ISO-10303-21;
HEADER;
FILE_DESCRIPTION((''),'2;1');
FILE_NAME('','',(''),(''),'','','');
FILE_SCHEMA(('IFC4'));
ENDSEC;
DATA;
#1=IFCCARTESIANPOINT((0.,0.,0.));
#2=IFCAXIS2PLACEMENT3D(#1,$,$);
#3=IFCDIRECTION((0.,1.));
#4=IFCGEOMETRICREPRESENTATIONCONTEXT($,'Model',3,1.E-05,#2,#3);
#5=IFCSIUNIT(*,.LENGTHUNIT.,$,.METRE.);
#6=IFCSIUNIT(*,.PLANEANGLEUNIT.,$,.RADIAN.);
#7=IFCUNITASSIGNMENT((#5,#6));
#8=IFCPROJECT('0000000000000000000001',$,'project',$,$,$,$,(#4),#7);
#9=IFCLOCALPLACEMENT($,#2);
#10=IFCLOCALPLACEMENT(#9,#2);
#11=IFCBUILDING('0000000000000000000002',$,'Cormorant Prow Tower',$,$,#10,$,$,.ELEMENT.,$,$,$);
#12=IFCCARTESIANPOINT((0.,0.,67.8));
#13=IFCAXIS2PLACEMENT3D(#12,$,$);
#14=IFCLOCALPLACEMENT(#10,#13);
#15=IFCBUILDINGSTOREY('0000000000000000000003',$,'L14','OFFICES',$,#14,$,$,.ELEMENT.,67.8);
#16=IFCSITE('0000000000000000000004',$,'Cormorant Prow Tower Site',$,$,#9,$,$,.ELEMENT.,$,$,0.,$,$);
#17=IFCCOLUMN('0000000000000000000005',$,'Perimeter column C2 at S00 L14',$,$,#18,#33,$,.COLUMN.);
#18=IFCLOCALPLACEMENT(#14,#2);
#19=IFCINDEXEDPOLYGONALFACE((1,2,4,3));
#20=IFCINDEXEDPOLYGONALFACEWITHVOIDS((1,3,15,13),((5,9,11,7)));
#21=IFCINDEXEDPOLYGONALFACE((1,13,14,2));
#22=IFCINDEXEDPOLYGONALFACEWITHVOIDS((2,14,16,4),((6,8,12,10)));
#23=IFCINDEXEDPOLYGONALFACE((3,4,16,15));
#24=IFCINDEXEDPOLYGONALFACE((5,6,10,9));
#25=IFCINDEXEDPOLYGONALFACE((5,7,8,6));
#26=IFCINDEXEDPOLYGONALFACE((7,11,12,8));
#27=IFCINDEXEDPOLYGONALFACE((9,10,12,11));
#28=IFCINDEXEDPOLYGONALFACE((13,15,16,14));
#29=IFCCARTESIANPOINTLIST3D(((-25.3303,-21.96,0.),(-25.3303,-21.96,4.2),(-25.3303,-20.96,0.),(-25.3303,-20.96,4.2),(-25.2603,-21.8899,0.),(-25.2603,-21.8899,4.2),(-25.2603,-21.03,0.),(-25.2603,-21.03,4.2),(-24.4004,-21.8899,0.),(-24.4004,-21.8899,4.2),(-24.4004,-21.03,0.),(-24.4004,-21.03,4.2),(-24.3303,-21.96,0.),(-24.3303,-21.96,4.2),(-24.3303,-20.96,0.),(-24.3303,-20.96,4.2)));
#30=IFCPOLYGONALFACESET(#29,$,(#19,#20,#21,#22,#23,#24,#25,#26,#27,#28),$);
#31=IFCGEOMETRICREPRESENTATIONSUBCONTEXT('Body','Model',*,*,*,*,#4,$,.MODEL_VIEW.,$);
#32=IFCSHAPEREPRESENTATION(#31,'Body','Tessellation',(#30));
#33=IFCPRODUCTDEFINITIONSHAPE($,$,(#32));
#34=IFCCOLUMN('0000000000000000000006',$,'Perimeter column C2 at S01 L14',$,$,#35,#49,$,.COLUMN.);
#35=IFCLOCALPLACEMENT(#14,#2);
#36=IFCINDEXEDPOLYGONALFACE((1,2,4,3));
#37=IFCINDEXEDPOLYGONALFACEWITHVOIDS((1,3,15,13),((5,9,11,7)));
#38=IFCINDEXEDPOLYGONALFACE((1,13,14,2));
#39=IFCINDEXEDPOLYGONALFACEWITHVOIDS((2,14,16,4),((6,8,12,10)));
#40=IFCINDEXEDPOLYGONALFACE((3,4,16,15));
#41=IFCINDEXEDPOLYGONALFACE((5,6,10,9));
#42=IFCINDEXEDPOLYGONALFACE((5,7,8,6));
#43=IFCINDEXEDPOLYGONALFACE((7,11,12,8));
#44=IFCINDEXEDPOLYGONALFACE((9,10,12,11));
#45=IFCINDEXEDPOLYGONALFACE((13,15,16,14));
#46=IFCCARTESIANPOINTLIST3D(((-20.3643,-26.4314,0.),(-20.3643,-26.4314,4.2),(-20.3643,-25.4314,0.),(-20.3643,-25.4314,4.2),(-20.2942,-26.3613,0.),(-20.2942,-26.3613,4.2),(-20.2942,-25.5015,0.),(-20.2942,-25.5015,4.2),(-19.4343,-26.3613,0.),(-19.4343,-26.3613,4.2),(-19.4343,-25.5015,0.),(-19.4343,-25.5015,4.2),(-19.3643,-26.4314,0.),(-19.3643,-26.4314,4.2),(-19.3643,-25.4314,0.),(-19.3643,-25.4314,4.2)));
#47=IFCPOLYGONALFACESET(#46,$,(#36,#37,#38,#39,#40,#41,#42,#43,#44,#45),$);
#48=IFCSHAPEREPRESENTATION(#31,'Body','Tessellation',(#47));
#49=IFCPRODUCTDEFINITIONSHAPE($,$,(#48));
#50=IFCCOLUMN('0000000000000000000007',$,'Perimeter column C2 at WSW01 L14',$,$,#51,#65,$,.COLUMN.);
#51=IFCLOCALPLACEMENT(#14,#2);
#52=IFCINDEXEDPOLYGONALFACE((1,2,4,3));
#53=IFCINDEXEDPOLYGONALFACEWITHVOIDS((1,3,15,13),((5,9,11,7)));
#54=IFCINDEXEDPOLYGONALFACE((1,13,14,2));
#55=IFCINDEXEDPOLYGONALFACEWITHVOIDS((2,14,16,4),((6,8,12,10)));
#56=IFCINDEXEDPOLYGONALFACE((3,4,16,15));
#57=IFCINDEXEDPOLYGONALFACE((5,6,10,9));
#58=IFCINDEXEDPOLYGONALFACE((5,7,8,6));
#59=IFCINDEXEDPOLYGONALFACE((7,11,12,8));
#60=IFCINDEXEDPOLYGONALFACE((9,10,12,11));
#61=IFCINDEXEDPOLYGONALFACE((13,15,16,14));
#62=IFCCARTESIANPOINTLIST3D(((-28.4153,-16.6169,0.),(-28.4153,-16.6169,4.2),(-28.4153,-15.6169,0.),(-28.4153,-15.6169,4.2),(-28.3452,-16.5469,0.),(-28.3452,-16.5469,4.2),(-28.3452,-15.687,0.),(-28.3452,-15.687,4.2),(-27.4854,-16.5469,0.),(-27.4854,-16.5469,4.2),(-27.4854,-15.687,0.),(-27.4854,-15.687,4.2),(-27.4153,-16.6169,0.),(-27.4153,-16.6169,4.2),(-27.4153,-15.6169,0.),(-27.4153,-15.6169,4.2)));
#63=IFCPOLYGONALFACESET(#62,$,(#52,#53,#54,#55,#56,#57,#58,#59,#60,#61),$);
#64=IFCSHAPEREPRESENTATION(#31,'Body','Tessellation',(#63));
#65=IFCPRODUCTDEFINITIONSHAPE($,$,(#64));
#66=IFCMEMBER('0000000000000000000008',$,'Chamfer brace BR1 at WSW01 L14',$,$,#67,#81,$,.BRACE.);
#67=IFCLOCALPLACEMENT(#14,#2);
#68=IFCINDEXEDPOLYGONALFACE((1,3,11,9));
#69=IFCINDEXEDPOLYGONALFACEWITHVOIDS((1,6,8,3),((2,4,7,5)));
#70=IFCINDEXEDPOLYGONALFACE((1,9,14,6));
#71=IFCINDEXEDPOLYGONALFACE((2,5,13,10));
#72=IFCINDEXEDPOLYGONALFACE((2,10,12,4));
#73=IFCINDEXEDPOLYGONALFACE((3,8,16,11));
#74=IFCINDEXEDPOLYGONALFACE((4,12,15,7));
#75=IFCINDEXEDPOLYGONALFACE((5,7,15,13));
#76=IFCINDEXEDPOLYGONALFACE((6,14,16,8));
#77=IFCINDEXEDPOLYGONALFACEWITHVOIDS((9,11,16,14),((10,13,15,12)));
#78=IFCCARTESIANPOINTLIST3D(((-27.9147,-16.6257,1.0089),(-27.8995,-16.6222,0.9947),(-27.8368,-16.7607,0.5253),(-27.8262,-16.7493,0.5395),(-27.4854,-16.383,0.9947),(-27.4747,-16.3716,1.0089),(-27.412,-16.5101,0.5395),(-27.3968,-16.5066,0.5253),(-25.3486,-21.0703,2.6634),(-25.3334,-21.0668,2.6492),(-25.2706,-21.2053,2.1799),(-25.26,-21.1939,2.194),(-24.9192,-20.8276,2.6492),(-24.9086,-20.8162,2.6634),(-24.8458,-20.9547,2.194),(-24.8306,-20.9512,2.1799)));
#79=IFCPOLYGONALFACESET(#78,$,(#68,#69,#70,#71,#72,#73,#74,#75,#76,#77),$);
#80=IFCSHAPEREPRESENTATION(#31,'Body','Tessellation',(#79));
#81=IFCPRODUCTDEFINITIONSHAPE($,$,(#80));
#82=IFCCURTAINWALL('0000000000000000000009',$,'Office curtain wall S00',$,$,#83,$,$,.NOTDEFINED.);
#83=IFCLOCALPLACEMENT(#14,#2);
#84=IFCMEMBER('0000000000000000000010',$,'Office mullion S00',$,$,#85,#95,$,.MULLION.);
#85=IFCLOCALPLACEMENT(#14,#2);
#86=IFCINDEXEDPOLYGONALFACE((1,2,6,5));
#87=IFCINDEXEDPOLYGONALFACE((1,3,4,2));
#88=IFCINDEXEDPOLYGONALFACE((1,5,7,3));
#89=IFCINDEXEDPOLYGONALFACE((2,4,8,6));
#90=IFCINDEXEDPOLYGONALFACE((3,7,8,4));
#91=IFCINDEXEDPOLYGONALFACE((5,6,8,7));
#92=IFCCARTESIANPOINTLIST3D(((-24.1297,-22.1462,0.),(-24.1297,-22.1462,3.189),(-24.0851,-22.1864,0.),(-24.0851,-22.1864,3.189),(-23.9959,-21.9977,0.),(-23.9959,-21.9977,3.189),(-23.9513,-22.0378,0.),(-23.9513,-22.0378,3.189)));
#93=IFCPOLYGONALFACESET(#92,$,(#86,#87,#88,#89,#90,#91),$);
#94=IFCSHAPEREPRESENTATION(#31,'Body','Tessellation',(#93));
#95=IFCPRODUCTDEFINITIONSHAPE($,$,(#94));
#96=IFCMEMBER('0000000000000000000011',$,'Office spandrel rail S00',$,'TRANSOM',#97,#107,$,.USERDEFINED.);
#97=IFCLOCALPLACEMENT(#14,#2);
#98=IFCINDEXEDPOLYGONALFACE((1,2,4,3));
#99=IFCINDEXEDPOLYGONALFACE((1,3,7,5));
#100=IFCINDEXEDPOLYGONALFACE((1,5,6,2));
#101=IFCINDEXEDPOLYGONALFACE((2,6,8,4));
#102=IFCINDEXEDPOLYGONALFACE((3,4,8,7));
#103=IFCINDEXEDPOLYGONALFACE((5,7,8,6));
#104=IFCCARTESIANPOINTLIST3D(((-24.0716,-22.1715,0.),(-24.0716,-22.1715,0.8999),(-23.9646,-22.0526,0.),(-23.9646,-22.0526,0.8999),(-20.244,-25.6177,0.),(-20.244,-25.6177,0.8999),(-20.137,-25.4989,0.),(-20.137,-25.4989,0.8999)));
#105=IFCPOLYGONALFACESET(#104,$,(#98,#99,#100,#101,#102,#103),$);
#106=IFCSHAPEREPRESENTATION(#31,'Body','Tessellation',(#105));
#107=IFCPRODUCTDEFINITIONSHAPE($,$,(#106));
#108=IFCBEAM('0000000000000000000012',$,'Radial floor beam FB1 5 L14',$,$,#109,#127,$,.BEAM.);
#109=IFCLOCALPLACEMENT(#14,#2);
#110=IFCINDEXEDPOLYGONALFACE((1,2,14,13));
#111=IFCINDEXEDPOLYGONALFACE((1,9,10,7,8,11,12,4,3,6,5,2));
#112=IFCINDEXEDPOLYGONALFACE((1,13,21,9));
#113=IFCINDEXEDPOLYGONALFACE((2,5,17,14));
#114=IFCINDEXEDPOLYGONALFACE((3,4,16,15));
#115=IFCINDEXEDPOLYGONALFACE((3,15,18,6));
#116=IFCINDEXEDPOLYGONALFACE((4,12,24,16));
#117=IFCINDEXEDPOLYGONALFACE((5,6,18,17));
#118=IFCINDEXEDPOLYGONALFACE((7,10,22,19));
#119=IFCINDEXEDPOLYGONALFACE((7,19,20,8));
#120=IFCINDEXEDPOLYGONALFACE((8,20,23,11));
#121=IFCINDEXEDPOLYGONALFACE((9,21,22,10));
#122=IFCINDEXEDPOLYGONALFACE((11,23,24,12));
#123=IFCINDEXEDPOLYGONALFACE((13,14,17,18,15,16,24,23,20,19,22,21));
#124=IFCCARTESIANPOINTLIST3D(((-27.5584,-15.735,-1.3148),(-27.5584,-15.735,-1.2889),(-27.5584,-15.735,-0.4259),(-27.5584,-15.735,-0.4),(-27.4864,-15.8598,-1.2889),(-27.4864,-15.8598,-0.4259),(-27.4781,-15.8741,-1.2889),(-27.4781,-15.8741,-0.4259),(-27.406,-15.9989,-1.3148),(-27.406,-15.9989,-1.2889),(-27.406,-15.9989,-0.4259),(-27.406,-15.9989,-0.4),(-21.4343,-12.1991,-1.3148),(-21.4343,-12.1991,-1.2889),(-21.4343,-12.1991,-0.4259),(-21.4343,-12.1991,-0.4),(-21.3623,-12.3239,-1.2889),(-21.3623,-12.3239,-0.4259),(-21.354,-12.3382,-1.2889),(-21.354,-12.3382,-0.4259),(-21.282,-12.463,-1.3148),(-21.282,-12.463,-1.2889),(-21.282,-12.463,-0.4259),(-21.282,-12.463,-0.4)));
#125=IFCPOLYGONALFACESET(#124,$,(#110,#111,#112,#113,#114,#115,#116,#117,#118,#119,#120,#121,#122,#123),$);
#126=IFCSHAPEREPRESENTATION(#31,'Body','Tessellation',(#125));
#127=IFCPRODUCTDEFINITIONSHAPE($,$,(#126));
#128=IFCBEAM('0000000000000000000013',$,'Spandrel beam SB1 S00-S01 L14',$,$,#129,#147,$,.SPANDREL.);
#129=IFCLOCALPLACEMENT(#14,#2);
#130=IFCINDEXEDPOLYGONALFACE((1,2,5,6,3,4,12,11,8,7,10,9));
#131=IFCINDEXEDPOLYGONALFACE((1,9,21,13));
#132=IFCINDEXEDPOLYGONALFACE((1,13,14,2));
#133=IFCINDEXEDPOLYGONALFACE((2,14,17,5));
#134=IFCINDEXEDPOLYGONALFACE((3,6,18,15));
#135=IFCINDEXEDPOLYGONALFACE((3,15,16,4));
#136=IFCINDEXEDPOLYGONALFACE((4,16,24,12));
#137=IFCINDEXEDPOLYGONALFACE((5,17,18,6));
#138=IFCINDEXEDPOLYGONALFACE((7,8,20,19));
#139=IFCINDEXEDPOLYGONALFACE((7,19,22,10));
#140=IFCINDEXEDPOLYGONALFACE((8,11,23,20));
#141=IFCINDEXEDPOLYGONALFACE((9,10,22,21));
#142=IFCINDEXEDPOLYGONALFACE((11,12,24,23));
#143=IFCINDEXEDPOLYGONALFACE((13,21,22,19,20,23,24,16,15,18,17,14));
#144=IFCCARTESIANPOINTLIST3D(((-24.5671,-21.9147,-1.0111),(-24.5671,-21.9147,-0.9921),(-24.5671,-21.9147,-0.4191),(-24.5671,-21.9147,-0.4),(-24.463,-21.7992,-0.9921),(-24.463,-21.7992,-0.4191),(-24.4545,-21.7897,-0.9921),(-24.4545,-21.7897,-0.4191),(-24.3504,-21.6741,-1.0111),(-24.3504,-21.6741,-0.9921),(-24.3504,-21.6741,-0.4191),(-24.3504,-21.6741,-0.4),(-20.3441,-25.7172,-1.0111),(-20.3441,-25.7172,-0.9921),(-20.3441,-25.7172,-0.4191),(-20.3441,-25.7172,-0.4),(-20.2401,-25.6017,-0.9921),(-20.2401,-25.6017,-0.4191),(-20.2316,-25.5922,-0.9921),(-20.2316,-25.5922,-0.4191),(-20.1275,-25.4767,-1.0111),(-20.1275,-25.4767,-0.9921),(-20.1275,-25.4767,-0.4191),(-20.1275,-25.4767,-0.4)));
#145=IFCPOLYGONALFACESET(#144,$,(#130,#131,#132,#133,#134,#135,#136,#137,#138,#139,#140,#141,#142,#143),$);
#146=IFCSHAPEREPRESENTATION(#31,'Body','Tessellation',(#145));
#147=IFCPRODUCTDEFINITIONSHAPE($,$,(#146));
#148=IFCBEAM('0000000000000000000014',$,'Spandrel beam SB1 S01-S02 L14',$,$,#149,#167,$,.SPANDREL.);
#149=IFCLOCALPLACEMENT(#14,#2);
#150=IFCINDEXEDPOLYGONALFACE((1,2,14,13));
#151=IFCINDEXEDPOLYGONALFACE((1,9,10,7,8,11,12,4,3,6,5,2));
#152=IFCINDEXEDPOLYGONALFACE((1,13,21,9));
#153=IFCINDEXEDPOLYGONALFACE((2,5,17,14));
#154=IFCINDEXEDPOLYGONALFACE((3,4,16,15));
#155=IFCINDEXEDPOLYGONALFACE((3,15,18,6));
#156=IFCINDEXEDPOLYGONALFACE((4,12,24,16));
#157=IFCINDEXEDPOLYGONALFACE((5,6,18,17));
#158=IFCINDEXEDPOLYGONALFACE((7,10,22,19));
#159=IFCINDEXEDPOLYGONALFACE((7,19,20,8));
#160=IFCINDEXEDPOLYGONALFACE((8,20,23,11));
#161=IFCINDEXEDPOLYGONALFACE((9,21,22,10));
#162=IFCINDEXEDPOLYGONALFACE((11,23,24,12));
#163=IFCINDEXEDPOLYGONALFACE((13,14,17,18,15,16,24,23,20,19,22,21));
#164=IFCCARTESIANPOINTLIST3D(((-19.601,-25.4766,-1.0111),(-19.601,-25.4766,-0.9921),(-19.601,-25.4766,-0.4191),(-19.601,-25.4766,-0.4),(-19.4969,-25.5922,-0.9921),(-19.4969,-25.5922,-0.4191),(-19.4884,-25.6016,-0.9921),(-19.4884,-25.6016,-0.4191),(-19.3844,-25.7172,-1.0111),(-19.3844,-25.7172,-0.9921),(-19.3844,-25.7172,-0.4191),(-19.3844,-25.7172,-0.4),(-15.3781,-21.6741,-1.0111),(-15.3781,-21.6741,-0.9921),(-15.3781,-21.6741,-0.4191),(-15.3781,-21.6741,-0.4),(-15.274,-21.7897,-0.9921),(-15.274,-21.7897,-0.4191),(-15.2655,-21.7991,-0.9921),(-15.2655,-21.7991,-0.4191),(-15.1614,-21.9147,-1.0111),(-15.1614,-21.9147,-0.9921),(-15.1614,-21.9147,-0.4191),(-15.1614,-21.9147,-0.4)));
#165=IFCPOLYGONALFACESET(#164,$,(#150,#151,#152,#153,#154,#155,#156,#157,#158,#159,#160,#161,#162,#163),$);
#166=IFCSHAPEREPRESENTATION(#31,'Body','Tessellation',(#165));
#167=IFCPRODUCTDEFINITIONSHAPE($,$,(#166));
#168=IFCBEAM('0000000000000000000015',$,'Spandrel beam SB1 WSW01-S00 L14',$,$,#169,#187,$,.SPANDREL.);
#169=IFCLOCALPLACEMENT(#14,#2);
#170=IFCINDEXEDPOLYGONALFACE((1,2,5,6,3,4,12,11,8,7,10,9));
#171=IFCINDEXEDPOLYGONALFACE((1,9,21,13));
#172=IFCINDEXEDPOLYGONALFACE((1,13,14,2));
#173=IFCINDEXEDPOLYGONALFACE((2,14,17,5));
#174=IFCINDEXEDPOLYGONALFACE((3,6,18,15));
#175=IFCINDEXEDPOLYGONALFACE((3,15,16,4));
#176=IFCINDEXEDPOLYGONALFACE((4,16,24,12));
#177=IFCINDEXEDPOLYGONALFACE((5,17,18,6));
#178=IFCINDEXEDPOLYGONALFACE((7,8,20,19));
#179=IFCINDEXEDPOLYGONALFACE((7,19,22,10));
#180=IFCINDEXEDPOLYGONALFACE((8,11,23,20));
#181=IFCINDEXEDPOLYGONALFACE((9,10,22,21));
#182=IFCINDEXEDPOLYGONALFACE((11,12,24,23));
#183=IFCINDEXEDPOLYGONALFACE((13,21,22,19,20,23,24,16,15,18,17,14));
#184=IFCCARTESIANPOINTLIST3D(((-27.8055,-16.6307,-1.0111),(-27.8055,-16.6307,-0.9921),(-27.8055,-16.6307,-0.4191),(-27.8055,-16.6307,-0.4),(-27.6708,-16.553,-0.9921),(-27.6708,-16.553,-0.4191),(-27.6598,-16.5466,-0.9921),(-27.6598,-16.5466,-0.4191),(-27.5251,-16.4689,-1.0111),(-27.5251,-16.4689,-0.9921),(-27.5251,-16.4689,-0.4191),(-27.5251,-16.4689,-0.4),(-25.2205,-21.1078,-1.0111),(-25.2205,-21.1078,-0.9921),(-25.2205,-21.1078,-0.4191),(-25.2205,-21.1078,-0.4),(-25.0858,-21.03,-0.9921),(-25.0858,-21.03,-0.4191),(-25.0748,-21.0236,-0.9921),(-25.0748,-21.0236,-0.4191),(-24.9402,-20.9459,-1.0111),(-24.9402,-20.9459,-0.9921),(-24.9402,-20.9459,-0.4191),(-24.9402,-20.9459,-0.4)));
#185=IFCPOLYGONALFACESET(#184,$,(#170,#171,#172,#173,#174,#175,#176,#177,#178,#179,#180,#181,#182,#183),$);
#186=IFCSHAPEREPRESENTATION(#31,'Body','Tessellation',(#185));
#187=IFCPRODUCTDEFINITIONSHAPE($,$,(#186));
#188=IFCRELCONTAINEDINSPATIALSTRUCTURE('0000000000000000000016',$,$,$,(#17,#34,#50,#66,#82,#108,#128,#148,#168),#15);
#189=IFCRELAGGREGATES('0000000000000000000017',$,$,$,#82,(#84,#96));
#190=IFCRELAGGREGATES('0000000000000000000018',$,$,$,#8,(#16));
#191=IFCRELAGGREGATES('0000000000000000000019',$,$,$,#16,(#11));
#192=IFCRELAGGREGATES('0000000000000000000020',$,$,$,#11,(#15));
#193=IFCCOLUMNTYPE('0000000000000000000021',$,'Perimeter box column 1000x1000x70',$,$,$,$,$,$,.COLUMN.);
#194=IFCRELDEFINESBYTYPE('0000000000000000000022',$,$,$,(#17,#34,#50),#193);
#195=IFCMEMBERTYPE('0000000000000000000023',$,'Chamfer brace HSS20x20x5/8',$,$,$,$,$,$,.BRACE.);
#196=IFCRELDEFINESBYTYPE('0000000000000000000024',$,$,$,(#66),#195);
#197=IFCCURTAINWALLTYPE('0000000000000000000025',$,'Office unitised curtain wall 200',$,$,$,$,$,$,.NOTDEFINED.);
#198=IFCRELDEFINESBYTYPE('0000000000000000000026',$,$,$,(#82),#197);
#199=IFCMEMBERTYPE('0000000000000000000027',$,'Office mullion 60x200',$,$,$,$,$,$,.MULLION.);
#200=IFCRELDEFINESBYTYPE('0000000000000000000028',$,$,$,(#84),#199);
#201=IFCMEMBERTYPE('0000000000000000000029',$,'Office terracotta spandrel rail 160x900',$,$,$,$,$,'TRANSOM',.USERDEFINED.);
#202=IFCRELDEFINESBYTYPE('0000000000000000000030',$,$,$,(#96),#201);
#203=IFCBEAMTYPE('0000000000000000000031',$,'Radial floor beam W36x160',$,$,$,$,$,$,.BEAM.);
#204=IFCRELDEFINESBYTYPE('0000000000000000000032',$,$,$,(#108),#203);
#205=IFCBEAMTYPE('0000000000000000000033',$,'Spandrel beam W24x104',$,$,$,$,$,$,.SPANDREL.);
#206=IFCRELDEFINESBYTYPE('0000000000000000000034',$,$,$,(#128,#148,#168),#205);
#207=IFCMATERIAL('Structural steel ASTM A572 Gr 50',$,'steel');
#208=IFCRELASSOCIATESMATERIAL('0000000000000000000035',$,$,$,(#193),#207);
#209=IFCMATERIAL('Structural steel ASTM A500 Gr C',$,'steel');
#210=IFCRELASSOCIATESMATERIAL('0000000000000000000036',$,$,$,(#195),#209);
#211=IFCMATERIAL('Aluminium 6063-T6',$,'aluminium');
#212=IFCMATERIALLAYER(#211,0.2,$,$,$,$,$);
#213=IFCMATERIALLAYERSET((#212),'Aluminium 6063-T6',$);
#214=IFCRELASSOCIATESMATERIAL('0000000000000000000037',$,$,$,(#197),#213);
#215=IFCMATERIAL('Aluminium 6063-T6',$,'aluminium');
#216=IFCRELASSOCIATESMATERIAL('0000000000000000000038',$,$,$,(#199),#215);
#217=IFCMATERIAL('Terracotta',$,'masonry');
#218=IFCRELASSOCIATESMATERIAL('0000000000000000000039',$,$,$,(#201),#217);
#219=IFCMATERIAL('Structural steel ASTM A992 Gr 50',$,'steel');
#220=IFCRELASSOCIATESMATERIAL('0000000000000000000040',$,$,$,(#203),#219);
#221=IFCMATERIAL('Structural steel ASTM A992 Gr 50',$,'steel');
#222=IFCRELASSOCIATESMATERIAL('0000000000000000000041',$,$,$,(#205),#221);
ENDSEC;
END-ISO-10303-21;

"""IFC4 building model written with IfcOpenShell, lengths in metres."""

from ifc_helpers import new_model, si_unit, direction, frame, origin, origin_2d, place, context, subcontext, project, spatial, rectangle, hollow_rectangle, i_section, extrude, material, layer, layer_set, material_profile, profile_set, type_object, element, aggregate, save


model = new_model("IFC4")

# Units and contexts
model_context = context("Model", 3, precision=1e-05, world=origin(), true_north=direction((0.0, 1.0)))
body_context = subcontext(model_context, "Body", "Model", "MODEL_VIEW")
ifc_project = project(units=[si_unit("LENGTHUNIT", "METRE"), si_unit("PLANEANGLEUNIT", "RADIAN")], contexts=[model_context])

# Site, building, storey
site_placement = place(None, origin())
site = spatial("IfcSite", under=ifc_project, at=site_placement, Name="Cormorant Prow Tower Site", CompositionType="ELEMENT", RefElevation=0.0)
building_placement = place(site_placement, origin())
building = spatial("IfcBuilding", under=site, at=building_placement, Name="Cormorant Prow Tower", CompositionType="ELEMENT")
storey_placement = place(building_placement, frame((0.0, 0.0, 67.8)))
storey = spatial("IfcBuildingStorey", under=building, at=storey_placement, Name="L14", Description="OFFICES", CompositionType="ELEMENT", Elevation=67.8)

# Columns
ifc_material_1 = material(Name="Structural steel ASTM A572 Gr 50", Category="steel")
ifc_material_profile_1 = material_profile(ifc_material_1, hollow_rectangle(XDim=1.0, YDim=1.0, WallThickness=0.0701, at=origin_2d()), Name="Box 1000x1000x70")
ifc_profile_set_1 = profile_set([ifc_material_profile_1], Name="Structural steel ASTM A572 Gr 50")
column_type = type_object("IfcColumnType", Name="Perimeter box column 1000x1000x70", PredefinedType="COLUMN", material=ifc_profile_set_1)
for number, where, z_axis, x_axis, name in (
    (1, (-24.8303, -21.46, 0.0), (0.0, 0.0, 1.0), (1.0, 0.0, 0.0), "Perimeter column C2 at S00 L14"),
    (2, (-19.8643, -25.9314, 0.0), (0.0, 0.0, 1.0), (1.0, 0.0, 0.0), "Perimeter column C2 at S01 L14"),
    (3, (-27.9153, -16.1169, 0.0), (0.0, 0.0, 1.0), (1.0, 0.0, 0.0), "Perimeter column C2 at WSW01 L14"),
):
    element("IfcColumn", number, at=place(storey_placement, frame(where, z_axis=z_axis, x_axis=x_axis)), inside=storey, type_object=column_type, Name=name, PredefinedType="COLUMN", context=body_context, shape_type="SweptSolid", body=[
        extrude(hollow_rectangle(XDim=1.0, YDim=1.0, WallThickness=0.0701, at=origin_2d()), origin(), (0.0, 0.0, 1.0), 4.2),
    ])

# Member
ifc_material_2 = material(Name="Structural steel ASTM A500 Gr C", Category="steel")
ifc_material_profile_2 = material_profile(ifc_material_2, hollow_rectangle(XDim=0.5081, YDim=0.5081, WallThickness=0.0149, at=origin_2d()), Name="HSS20x20x5/8")
ifc_profile_set_2 = profile_set([ifc_material_profile_2], Name="Structural steel ASTM A500 Gr C")
member_type_1 = type_object("IfcMemberType", Name="Chamfer brace HSS20x20x5/8", PredefinedType="BRACE", material=ifc_profile_set_2)
member_1_placement = place(storey_placement, frame((-27.6558, -16.5662, 0.7671), z_axis=(0.475893, -0.824244, 0.306834), x_axis=(0.866018, 0.500012, 0.0)))
element("IfcMember", 4, at=member_1_placement, inside=storey, type_object=member_type_1, Name="Chamfer brace BR1 at WSW01 L14", PredefinedType="BRACE", context=body_context, shape_type="SweptSolid", body=[
    extrude(hollow_rectangle(XDim=0.5081, YDim=0.5081, WallThickness=0.0149, at=origin_2d()), origin(), (0.0, 0.0, 1.0), 5.3923),
])

# Curtain wall, members
ifc_material_3 = material(Name="Aluminium 6063-T6", Category="aluminium")
ifc_layer_1 = layer(ifc_material_3, 0.2)
ifc_layer_set_1 = layer_set([ifc_layer_1], Name="Aluminium 6063-T6")
curtain_wall_type = type_object("IfcCurtainWallType", Name="Office unitised curtain wall 200", PredefinedType="NOTDEFINED", material=ifc_layer_set_1)
curtain_wall_placement = place(storey_placement, origin())
curtain_wall = element("IfcCurtainWall", 5, at=curtain_wall_placement, inside=storey, type_object=curtain_wall_type, Name="Office curtain wall S00", PredefinedType="NOTDEFINED")
ifc_material_4 = material(Name="Aluminium 6063-T6", Category="aluminium")
ifc_material_profile_3 = material_profile(ifc_material_4, rectangle(XDim=0.2, YDim=0.0601, at=origin_2d()), Name="Office mullion 60x200")
ifc_profile_set_3 = profile_set([ifc_material_profile_3], Name="Aluminium 6063-T6")
member_type_2 = type_object("IfcMemberType", Name="Office mullion 60x200", PredefinedType="MULLION", material=ifc_profile_set_3)
member_2_placement = place(storey_placement, frame((-24.0405, -22.092, 0.0), z_axis=(0.0, 0.0, 1.0), x_axis=(0.669131, 0.743145, 0.0)))
member_2 = element("IfcMember", 6, at=member_2_placement, type_object=member_type_2, Name="Office mullion S00", PredefinedType="MULLION", context=body_context, shape_type="SweptSolid", body=[
    extrude(rectangle(XDim=0.2, YDim=0.0601, at=origin_2d()), origin(), (0.0, 0.0, 1.0), 3.189),
])
ifc_material_5 = material(Name="Terracotta", Category="masonry")
ifc_material_profile_4 = material_profile(ifc_material_5, rectangle(XDim=0.1599, YDim=0.8999, at=origin_2d()), Name="Office terracotta spandrel rail 160x900")
ifc_profile_set_4 = profile_set([ifc_material_profile_4], Name="Terracotta")
member_type_3 = type_object("IfcMemberType", Name="Office terracotta spandrel rail 160x900", ElementType="TRANSOM", PredefinedType="USERDEFINED", material=ifc_profile_set_4)
member_3_placement = place(storey_placement, frame((-24.0181, -22.1121, 0.45), z_axis=(0.743157, -0.669117, 0.0), x_axis=(0.669117, 0.743157, 0.0)))
member_3 = element("IfcMember", 7, at=member_3_placement, type_object=member_type_3, Name="Office spandrel rail S00", ObjectType="TRANSOM", PredefinedType="USERDEFINED", context=body_context, shape_type="SweptSolid", body=[
    extrude(rectangle(XDim=0.1599, YDim=0.8999, at=origin_2d()), origin(), (0.0, 0.0, 1.0), 5.1504),
])

# Beams
ifc_material_6 = material(Name="Structural steel ASTM A992 Gr 50", Category="steel")
ifc_material_profile_5 = material_profile(ifc_material_6, i_section(OverallWidth=0.3047, OverallDepth=0.9148, WebThickness=0.0166, FlangeThickness=0.0259, at=origin_2d()), Name="W36x160")
ifc_profile_set_5 = profile_set([ifc_material_profile_5], Name="Structural steel ASTM A992 Gr 50")
beam_type_1 = type_object("IfcBeamType", Name="Radial floor beam W36x160", PredefinedType="BEAM", material=ifc_profile_set_5)
beam_1_placement = place(storey_placement, frame((-21.3582, -12.3311, -0.8574), z_axis=(-0.866014, -0.500019, 0.0), x_axis=(0.500019, -0.866014, 0.0)))
element("IfcBeam", 8, at=beam_1_placement, inside=storey, type_object=beam_type_1, Name="Radial floor beam FB1 5 L14", PredefinedType="BEAM", context=body_context, shape_type="SweptSolid", body=[
    extrude(i_section(OverallWidth=0.3047, OverallDepth=0.9148, WebThickness=0.0166, FlangeThickness=0.0259, at=origin_2d()), origin(), (0.0, 0.0, 1.0), 7.0715),
])
ifc_material_7 = material(Name="Structural steel ASTM A992 Gr 50", Category="steel")
ifc_material_profile_6 = material_profile(ifc_material_7, i_section(OverallWidth=0.3237, OverallDepth=0.6111, WebThickness=0.0127, FlangeThickness=0.019, at=origin_2d()), Name="W24x104")
ifc_profile_set_6 = profile_set([ifc_material_profile_6], Name="Structural steel ASTM A992 Gr 50")
beam_type_2 = type_object("IfcBeamType", Name="Spandrel beam W24x104", PredefinedType="SPANDREL", material=ifc_profile_set_6)
for number, where, z_axis, x_axis, name in (
    (9, (-24.4587, -21.7944, -0.7056), (0.74313, -0.669147, 0.0), (0.669147, 0.74313, 0.0), "Spandrel beam SB1 S00-S01 L14"),
    (10, (-19.4927, -25.5969, -0.7056), (0.74313, 0.669147, 0.0), (-0.669147, 0.74313, 0.0), "Spandrel beam SB1 S01-S02 L14"),
):
    element("IfcBeam", number, at=place(storey_placement, frame(where, z_axis=z_axis, x_axis=x_axis)), inside=storey, type_object=beam_type_2, Name=name, PredefinedType="SPANDREL", context=body_context, shape_type="SweptSolid", body=[
        extrude(i_section(OverallWidth=0.3237, OverallDepth=0.6111, WebThickness=0.0127, FlangeThickness=0.019, at=origin_2d()), origin(), (0.0, 0.0, 1.0), 5.6826),
    ])
beam_2_placement = place(storey_placement, frame((-27.6653, -16.5498, -0.7056), z_axis=(0.50002, -0.866014, 0.0), x_axis=(0.866014, 0.50002, 0.0)))
element("IfcBeam", 11, at=beam_2_placement, inside=storey, type_object=beam_type_2, Name="Spandrel beam SB1 WSW01-S00 L14", PredefinedType="SPANDREL", context=body_context, shape_type="SweptSolid", body=[
    extrude(i_section(OverallWidth=0.3237, OverallDepth=0.6111, WebThickness=0.0127, FlangeThickness=0.019, at=origin_2d()), origin(), (0.0, 0.0, 1.0), 5.1697),
])

aggregate(curtain_wall, [member_2, member_3])

save(model, "model.ifc")
